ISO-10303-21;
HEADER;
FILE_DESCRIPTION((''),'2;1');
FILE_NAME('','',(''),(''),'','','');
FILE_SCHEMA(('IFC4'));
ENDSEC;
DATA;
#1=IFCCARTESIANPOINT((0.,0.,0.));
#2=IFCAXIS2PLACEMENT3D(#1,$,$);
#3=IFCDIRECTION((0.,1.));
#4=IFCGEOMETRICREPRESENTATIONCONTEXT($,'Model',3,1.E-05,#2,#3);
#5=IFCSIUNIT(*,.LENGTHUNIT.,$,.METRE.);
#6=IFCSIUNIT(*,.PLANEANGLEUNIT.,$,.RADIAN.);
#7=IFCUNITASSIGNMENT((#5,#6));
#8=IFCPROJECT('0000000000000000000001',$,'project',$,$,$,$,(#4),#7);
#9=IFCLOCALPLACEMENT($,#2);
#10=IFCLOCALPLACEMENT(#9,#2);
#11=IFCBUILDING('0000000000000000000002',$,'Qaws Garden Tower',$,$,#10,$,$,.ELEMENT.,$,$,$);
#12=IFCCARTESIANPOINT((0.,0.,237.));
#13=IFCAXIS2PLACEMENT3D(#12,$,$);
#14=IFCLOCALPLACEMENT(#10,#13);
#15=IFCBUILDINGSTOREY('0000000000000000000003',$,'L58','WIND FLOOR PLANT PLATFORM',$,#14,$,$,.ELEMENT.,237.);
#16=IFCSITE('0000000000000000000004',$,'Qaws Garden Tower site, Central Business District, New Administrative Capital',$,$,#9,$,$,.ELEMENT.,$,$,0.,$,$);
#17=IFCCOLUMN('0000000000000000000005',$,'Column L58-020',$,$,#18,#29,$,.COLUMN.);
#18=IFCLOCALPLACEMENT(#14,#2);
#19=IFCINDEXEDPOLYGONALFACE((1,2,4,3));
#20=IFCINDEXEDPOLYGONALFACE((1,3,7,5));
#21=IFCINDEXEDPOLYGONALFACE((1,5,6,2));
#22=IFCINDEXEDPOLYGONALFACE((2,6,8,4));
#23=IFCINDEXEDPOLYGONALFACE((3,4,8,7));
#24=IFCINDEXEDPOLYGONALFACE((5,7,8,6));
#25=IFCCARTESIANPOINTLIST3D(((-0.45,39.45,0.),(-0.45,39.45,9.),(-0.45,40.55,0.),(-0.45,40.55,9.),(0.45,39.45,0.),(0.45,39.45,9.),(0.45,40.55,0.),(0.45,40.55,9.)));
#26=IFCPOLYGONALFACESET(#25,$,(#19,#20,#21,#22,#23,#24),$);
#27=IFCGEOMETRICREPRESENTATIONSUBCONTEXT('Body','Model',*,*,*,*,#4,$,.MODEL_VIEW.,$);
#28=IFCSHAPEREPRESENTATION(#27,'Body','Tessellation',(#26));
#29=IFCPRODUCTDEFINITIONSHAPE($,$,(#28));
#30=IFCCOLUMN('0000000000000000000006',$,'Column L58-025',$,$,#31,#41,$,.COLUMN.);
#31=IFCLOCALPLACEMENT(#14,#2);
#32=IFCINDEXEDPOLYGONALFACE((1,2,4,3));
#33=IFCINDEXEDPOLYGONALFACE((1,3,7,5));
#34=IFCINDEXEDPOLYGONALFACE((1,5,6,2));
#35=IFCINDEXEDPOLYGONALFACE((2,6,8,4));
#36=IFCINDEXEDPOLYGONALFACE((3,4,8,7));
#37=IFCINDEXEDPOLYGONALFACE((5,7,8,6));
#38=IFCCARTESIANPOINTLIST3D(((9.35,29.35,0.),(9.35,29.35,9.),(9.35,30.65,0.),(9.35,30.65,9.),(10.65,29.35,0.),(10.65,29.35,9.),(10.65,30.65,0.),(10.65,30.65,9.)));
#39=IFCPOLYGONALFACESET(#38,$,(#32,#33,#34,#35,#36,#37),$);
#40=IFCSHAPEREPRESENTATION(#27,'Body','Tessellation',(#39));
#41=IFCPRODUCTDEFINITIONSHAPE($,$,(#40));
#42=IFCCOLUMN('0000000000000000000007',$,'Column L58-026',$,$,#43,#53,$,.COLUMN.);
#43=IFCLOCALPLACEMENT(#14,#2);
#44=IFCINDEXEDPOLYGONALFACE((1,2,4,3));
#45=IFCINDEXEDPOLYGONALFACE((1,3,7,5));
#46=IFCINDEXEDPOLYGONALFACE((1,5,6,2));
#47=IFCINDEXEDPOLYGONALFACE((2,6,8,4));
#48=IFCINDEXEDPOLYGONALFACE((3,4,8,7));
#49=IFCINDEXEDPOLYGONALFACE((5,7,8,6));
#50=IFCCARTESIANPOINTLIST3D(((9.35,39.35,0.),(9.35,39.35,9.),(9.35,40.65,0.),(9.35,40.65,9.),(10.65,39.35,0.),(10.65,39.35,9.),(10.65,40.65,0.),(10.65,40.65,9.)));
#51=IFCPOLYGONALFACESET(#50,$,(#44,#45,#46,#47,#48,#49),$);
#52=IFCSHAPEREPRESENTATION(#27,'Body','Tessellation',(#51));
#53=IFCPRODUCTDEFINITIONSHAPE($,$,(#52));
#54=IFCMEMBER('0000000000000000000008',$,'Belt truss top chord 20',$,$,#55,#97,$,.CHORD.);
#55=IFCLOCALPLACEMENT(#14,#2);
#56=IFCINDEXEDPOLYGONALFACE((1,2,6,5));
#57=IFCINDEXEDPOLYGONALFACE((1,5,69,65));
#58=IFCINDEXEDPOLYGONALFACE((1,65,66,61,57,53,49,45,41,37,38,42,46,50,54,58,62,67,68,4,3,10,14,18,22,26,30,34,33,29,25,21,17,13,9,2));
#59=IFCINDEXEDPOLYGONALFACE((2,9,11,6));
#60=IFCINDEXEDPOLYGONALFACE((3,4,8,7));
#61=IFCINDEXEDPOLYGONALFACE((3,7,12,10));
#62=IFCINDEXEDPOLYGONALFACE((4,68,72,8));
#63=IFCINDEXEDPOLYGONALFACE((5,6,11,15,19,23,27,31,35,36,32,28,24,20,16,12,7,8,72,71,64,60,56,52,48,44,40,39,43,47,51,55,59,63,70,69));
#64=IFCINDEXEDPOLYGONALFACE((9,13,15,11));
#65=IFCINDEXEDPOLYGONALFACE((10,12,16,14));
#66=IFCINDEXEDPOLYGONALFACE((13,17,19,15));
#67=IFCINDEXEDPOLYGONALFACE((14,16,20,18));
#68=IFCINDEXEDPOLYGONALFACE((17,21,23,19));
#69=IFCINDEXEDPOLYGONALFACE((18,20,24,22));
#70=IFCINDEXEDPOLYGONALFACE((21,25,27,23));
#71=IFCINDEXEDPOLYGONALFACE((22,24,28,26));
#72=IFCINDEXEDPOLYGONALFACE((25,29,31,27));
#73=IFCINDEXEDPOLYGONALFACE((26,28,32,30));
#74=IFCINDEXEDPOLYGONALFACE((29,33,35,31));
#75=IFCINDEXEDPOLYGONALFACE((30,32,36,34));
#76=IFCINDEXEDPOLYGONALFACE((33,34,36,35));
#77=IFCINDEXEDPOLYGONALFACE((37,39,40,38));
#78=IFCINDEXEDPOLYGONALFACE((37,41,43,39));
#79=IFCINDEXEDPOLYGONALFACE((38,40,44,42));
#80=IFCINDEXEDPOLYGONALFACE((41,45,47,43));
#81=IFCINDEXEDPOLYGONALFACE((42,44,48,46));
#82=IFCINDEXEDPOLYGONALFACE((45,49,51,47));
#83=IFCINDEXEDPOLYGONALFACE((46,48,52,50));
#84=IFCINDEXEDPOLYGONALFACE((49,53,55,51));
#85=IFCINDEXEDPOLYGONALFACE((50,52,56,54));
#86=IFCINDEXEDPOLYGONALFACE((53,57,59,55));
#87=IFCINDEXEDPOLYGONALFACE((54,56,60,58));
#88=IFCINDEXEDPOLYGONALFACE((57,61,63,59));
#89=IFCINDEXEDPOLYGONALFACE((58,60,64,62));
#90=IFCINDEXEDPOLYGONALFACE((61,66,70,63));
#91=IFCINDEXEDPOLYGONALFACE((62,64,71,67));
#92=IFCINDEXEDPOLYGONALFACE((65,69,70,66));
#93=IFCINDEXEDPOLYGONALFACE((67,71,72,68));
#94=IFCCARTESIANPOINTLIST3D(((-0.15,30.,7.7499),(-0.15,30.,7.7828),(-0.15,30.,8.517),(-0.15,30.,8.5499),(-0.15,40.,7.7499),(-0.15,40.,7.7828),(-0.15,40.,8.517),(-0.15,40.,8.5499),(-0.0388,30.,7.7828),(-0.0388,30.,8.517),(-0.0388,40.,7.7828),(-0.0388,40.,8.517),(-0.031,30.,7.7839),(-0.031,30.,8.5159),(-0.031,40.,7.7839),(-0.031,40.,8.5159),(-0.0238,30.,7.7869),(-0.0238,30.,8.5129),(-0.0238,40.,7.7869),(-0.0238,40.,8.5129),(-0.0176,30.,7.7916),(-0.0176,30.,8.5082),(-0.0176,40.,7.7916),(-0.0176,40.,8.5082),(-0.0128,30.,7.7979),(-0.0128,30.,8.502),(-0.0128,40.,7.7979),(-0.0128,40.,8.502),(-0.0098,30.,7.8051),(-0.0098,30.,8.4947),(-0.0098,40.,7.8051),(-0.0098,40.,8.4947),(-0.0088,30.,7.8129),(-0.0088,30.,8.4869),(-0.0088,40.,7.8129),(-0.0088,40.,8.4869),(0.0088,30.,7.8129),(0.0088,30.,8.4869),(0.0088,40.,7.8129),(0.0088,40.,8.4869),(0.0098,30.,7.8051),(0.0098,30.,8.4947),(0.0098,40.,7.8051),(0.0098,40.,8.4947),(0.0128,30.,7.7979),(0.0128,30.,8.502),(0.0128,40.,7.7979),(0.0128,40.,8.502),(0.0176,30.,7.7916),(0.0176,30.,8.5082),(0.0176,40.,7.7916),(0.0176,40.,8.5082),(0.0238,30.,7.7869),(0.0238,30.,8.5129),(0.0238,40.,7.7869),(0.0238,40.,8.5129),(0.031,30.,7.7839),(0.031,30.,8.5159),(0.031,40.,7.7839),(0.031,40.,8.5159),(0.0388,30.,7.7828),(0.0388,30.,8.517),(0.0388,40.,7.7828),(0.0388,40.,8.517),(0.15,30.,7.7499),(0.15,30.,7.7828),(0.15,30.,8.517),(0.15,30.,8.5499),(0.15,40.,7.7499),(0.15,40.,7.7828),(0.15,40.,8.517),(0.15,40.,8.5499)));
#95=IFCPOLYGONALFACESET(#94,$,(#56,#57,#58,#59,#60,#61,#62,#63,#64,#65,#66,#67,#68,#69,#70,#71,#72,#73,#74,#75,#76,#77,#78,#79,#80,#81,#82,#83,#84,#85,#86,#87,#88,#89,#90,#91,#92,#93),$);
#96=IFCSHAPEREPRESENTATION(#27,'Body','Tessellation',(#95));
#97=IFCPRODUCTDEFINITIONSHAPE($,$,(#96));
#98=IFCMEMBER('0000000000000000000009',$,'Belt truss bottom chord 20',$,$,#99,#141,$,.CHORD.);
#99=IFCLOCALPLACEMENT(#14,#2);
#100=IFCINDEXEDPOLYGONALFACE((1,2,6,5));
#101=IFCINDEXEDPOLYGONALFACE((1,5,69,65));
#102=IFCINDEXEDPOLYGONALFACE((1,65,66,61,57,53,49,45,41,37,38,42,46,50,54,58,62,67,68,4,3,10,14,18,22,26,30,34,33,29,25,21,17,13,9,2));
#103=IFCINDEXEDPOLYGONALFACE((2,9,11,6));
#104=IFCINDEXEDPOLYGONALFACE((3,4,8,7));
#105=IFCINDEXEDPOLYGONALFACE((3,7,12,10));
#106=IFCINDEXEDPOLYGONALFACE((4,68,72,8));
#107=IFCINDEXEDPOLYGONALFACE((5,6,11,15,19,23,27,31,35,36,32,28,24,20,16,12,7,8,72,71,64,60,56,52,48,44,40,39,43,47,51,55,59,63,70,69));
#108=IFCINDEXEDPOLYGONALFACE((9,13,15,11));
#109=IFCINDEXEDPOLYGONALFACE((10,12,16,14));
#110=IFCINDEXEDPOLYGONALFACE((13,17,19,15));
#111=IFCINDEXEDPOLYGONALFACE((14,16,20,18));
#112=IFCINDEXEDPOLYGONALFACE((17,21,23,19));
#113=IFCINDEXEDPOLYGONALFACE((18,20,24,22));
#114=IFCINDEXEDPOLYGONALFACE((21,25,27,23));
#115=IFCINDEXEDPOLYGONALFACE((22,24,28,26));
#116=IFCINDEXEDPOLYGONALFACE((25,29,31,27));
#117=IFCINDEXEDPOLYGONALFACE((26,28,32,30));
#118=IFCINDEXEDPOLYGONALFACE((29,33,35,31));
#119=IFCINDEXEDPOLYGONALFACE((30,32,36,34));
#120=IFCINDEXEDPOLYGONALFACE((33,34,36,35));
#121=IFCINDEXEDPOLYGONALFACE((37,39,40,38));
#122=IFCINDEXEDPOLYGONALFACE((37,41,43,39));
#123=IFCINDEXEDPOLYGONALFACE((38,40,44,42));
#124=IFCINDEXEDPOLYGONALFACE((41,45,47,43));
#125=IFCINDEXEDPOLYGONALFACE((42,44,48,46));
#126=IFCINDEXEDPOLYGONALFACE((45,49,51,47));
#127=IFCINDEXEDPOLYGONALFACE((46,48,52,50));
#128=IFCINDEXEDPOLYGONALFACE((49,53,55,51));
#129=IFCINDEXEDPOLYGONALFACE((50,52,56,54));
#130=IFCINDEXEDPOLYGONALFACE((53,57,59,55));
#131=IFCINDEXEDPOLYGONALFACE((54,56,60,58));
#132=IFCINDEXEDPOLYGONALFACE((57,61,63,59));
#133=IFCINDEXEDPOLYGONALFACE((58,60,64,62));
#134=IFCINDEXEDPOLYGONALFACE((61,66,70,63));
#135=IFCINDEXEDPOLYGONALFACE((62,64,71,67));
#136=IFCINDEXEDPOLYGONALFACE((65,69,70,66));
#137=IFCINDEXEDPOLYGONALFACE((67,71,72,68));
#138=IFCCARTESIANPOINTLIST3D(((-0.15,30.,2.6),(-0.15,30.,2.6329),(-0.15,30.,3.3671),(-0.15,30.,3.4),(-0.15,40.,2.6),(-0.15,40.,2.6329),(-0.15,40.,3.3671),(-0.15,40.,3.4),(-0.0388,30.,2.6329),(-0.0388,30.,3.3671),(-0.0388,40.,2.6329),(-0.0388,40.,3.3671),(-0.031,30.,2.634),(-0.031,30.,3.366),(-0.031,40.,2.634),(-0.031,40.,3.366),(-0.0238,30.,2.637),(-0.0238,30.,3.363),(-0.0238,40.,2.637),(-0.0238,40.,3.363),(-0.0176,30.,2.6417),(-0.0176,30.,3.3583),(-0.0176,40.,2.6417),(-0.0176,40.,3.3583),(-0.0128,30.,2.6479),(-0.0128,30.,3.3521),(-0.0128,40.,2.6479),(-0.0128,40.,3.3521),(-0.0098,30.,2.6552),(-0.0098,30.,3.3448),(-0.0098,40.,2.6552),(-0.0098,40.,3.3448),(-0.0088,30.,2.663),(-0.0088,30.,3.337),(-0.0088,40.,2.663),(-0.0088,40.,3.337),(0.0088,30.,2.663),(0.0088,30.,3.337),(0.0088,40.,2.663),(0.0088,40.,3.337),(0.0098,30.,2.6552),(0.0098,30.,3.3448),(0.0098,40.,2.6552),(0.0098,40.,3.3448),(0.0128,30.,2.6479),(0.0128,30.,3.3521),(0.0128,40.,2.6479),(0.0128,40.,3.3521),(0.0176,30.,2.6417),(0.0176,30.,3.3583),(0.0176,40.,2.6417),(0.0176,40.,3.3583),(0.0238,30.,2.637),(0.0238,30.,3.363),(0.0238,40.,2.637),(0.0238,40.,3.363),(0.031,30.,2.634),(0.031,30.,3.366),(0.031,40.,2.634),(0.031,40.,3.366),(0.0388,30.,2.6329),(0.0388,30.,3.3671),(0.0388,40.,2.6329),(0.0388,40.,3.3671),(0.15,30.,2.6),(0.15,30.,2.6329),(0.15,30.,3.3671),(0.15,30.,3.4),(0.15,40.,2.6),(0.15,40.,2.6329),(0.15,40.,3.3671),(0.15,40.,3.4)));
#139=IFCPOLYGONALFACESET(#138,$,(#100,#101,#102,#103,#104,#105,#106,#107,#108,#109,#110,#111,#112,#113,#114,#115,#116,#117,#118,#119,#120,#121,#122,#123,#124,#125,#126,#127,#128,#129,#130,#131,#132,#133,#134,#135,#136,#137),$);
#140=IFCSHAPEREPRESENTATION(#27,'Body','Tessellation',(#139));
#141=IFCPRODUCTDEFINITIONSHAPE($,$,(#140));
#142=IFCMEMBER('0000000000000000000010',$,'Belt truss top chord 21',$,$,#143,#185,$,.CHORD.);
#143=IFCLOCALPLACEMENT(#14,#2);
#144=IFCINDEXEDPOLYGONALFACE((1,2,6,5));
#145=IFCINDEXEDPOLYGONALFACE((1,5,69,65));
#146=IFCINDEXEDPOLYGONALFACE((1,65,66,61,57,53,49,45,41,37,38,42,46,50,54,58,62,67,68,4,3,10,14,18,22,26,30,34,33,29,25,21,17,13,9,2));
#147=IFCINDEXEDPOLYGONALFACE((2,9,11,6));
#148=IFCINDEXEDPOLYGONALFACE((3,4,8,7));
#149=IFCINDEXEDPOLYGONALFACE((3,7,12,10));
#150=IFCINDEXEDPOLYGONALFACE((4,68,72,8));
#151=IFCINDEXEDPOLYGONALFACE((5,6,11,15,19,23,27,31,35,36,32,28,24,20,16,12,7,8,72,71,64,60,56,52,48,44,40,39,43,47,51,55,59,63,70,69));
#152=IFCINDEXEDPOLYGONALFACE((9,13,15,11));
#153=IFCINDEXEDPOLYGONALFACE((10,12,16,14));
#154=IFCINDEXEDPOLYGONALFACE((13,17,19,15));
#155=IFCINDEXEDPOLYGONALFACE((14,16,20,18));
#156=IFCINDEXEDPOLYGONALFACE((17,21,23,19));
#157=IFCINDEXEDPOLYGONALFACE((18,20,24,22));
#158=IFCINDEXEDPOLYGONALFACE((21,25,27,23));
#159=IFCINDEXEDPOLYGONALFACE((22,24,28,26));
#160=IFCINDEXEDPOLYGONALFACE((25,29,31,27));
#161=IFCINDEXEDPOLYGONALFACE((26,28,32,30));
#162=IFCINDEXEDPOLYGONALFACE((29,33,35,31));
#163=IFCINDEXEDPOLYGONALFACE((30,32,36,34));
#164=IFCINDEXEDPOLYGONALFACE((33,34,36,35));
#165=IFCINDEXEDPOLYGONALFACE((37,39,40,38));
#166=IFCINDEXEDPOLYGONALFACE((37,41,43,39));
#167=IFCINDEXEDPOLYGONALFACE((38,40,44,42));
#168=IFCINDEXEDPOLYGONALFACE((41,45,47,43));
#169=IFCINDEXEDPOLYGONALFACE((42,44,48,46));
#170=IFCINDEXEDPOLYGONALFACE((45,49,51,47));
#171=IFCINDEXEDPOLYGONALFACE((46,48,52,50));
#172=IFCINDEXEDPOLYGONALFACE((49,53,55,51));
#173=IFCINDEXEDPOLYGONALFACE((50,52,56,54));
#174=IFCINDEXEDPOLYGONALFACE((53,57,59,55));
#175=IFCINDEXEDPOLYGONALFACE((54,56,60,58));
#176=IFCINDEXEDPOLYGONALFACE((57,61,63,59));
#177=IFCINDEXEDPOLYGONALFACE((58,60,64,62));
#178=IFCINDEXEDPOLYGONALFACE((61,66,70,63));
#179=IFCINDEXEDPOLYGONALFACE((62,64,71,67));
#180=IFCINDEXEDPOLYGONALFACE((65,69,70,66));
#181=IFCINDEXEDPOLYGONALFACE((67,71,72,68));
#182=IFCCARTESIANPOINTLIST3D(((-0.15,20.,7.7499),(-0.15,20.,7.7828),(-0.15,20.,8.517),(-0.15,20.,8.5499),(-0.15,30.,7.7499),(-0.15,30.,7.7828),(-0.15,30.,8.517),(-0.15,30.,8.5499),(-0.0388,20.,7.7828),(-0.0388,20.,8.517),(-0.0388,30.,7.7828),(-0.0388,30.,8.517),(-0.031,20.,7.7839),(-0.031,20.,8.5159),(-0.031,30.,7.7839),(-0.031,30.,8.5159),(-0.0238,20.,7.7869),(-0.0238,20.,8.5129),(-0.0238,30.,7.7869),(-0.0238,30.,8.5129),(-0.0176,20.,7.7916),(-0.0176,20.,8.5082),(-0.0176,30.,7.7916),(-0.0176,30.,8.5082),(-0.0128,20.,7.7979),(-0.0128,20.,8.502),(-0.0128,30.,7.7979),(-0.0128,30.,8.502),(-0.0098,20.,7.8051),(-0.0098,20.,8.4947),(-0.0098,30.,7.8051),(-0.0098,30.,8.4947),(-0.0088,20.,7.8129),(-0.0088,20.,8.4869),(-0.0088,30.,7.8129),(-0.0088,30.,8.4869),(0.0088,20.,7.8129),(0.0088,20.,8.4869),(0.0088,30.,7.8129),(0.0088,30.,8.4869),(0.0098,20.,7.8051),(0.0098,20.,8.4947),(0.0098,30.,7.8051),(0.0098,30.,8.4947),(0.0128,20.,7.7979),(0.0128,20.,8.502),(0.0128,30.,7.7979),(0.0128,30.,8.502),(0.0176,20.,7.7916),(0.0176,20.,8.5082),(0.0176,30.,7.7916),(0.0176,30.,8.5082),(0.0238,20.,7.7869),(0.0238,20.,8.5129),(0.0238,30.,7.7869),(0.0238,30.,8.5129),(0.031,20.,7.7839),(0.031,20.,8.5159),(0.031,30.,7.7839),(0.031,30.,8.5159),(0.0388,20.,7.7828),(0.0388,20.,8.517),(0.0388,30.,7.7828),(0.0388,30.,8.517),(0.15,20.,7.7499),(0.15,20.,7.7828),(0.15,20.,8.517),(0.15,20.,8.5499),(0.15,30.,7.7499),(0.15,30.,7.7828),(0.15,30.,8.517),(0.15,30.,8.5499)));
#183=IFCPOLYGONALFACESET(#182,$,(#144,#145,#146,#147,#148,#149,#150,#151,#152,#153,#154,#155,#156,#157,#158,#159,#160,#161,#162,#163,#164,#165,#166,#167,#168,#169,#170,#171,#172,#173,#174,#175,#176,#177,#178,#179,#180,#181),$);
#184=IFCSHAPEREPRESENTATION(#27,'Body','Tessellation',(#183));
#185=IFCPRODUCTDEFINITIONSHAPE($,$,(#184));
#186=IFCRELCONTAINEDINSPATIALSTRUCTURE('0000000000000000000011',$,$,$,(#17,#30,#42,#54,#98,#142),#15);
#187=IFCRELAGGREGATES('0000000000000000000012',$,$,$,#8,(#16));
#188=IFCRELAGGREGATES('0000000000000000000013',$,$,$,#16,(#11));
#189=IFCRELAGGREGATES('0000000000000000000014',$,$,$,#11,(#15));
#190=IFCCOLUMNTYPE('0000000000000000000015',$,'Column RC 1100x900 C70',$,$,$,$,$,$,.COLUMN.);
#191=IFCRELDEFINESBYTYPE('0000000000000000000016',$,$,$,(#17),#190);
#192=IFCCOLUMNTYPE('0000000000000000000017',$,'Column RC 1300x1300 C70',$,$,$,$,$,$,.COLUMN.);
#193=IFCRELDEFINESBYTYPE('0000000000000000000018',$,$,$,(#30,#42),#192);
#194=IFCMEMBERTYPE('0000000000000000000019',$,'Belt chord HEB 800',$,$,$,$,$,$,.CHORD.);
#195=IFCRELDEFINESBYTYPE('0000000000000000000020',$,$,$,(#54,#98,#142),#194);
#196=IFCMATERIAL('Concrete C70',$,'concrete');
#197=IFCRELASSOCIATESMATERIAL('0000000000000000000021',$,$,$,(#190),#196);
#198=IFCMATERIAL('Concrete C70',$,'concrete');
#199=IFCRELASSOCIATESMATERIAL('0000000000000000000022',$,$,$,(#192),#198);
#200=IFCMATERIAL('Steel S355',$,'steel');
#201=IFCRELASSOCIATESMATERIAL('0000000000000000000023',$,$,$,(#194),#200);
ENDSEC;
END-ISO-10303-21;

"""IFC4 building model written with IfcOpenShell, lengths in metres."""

from ifc_helpers import new_model, si_unit, direction, frame, origin, origin_2d, place, context, subcontext, project, spatial, rectangle, i_section, extrude, material, material_profile, profile_set, type_object, element, save


model = new_model("IFC4")

# Units and contexts
model_context = context("Model", 3, precision=1e-05, world=origin(), true_north=direction((0.0, 1.0)))
body_context = subcontext(model_context, "Body", "Model", "MODEL_VIEW")
ifc_project = project(units=[si_unit("LENGTHUNIT", "METRE"), si_unit("PLANEANGLEUNIT", "RADIAN")], contexts=[model_context])

# Site, building, storey
site_placement = place(None, origin())
site = spatial("IfcSite", under=ifc_project, at=site_placement, Name="Qaws Garden Tower site, Central Business District, New Administrative Capital", CompositionType="ELEMENT", RefElevation=0.0)
building_placement = place(site_placement, origin())
building = spatial("IfcBuilding", under=site, at=building_placement, Name="Qaws Garden Tower", CompositionType="ELEMENT")
storey_placement = place(building_placement, frame((0.0, 0.0, 237.0)))
storey = spatial("IfcBuildingStorey", under=building, at=storey_placement, Name="L58", Description="WIND FLOOR PLANT PLATFORM", CompositionType="ELEMENT", Elevation=237.0)

# Columns
ifc_material_1 = material(Name="Concrete C70", Category="concrete")
ifc_material_profile_1 = material_profile(ifc_material_1, rectangle(XDim=1.1001, YDim=0.8999, at=origin_2d()), Name="RC 1100x900")
ifc_profile_set_1 = profile_set([ifc_material_profile_1], Name="Concrete C70")
column_type_1 = type_object("IfcColumnType", Name="Column RC 1100x900 C70", PredefinedType="COLUMN", material=ifc_profile_set_1)
column_placement = place(storey_placement, frame((0.0, 40.0, 0.0), z_axis=(0.0, 0.0, 1.0), x_axis=(0.0, 1.0, 0.0)))
element("IfcColumn", 1, at=column_placement, inside=storey, type_object=column_type_1, Name="Column L58-020", PredefinedType="COLUMN", context=body_context, shape_type="SweptSolid", body=[
    extrude(rectangle(XDim=1.1001, YDim=0.8999, at=origin_2d()), origin(), (0.0, 0.0, 1.0), 9.0),
])
ifc_material_2 = material(Name="Concrete C70", Category="concrete")
ifc_material_profile_2 = material_profile(ifc_material_2, rectangle(XDim=1.3, YDim=1.3, at=origin_2d()), Name="RC 1300x1300")
ifc_profile_set_2 = profile_set([ifc_material_profile_2], Name="Concrete C70")
column_type_2 = type_object("IfcColumnType", Name="Column RC 1300x1300 C70", PredefinedType="COLUMN", material=ifc_profile_set_2)
for number, where, z_axis, x_axis, name in (
    (2, (10.0, 30.0, 0.0), (0.0, 0.0, 1.0), (1.0, 0.0, 0.0), "Column L58-025"),
    (3, (10.0, 40.0, 0.0), (0.0, 0.0, 1.0), (1.0, 0.0, 0.0), "Column L58-026"),
):
    element("IfcColumn", number, at=place(storey_placement, frame(where, z_axis=z_axis, x_axis=x_axis)), inside=storey, type_object=column_type_2, Name=name, PredefinedType="COLUMN", context=body_context, shape_type="SweptSolid", body=[
        extrude(rectangle(XDim=1.3, YDim=1.3, at=origin_2d()), origin(), (0.0, 0.0, 1.0), 9.0),
    ])

# Members
ifc_material_3 = material(Name="Steel S355", Category="steel")
ifc_material_profile_3 = material_profile(ifc_material_3, i_section(OverallWidth=0.3, OverallDepth=0.8, WebThickness=0.0176, FlangeThickness=0.033, FilletRadius=0.03, at=origin_2d()), Name="HEB 800")
ifc_profile_set_3 = profile_set([ifc_material_profile_3], Name="Steel S355")
member_type_1 = type_object("IfcMemberType", Name="Belt chord HEB 800", PredefinedType="CHORD", material=ifc_profile_set_3)
for number, where, z_axis, x_axis, name in (
    (4, (0.0, 40.0, 8.1499), (0.0, -1.0, 0.0), (1.0, 0.0, 0.0), "Belt truss top chord 20"),
    (5, (0.0, 40.0, 3.0), (0.0, -1.0, 0.0), (1.0, 0.0, 0.0), "Belt truss bottom chord 20"),
    (6, (0.0, 30.0, 8.1499), (0.0, -1.0, 0.0), (1.0, 0.0, 0.0), "Belt truss top chord 21"),
):
    element("IfcMember", number, at=place(storey_placement, frame(where, z_axis=z_axis, x_axis=x_axis)), inside=storey, type_object=member_type_1, Name=name, PredefinedType="CHORD", context=body_context, shape_type="SweptSolid", body=[
        extrude(i_section(OverallWidth=0.3, OverallDepth=0.8, WebThickness=0.0176, FlangeThickness=0.033, FilletRadius=0.03, at=origin_2d()), origin(), (0.0, 0.0, 1.0), 10.0),
    ])

save(model, "model.ifc")
